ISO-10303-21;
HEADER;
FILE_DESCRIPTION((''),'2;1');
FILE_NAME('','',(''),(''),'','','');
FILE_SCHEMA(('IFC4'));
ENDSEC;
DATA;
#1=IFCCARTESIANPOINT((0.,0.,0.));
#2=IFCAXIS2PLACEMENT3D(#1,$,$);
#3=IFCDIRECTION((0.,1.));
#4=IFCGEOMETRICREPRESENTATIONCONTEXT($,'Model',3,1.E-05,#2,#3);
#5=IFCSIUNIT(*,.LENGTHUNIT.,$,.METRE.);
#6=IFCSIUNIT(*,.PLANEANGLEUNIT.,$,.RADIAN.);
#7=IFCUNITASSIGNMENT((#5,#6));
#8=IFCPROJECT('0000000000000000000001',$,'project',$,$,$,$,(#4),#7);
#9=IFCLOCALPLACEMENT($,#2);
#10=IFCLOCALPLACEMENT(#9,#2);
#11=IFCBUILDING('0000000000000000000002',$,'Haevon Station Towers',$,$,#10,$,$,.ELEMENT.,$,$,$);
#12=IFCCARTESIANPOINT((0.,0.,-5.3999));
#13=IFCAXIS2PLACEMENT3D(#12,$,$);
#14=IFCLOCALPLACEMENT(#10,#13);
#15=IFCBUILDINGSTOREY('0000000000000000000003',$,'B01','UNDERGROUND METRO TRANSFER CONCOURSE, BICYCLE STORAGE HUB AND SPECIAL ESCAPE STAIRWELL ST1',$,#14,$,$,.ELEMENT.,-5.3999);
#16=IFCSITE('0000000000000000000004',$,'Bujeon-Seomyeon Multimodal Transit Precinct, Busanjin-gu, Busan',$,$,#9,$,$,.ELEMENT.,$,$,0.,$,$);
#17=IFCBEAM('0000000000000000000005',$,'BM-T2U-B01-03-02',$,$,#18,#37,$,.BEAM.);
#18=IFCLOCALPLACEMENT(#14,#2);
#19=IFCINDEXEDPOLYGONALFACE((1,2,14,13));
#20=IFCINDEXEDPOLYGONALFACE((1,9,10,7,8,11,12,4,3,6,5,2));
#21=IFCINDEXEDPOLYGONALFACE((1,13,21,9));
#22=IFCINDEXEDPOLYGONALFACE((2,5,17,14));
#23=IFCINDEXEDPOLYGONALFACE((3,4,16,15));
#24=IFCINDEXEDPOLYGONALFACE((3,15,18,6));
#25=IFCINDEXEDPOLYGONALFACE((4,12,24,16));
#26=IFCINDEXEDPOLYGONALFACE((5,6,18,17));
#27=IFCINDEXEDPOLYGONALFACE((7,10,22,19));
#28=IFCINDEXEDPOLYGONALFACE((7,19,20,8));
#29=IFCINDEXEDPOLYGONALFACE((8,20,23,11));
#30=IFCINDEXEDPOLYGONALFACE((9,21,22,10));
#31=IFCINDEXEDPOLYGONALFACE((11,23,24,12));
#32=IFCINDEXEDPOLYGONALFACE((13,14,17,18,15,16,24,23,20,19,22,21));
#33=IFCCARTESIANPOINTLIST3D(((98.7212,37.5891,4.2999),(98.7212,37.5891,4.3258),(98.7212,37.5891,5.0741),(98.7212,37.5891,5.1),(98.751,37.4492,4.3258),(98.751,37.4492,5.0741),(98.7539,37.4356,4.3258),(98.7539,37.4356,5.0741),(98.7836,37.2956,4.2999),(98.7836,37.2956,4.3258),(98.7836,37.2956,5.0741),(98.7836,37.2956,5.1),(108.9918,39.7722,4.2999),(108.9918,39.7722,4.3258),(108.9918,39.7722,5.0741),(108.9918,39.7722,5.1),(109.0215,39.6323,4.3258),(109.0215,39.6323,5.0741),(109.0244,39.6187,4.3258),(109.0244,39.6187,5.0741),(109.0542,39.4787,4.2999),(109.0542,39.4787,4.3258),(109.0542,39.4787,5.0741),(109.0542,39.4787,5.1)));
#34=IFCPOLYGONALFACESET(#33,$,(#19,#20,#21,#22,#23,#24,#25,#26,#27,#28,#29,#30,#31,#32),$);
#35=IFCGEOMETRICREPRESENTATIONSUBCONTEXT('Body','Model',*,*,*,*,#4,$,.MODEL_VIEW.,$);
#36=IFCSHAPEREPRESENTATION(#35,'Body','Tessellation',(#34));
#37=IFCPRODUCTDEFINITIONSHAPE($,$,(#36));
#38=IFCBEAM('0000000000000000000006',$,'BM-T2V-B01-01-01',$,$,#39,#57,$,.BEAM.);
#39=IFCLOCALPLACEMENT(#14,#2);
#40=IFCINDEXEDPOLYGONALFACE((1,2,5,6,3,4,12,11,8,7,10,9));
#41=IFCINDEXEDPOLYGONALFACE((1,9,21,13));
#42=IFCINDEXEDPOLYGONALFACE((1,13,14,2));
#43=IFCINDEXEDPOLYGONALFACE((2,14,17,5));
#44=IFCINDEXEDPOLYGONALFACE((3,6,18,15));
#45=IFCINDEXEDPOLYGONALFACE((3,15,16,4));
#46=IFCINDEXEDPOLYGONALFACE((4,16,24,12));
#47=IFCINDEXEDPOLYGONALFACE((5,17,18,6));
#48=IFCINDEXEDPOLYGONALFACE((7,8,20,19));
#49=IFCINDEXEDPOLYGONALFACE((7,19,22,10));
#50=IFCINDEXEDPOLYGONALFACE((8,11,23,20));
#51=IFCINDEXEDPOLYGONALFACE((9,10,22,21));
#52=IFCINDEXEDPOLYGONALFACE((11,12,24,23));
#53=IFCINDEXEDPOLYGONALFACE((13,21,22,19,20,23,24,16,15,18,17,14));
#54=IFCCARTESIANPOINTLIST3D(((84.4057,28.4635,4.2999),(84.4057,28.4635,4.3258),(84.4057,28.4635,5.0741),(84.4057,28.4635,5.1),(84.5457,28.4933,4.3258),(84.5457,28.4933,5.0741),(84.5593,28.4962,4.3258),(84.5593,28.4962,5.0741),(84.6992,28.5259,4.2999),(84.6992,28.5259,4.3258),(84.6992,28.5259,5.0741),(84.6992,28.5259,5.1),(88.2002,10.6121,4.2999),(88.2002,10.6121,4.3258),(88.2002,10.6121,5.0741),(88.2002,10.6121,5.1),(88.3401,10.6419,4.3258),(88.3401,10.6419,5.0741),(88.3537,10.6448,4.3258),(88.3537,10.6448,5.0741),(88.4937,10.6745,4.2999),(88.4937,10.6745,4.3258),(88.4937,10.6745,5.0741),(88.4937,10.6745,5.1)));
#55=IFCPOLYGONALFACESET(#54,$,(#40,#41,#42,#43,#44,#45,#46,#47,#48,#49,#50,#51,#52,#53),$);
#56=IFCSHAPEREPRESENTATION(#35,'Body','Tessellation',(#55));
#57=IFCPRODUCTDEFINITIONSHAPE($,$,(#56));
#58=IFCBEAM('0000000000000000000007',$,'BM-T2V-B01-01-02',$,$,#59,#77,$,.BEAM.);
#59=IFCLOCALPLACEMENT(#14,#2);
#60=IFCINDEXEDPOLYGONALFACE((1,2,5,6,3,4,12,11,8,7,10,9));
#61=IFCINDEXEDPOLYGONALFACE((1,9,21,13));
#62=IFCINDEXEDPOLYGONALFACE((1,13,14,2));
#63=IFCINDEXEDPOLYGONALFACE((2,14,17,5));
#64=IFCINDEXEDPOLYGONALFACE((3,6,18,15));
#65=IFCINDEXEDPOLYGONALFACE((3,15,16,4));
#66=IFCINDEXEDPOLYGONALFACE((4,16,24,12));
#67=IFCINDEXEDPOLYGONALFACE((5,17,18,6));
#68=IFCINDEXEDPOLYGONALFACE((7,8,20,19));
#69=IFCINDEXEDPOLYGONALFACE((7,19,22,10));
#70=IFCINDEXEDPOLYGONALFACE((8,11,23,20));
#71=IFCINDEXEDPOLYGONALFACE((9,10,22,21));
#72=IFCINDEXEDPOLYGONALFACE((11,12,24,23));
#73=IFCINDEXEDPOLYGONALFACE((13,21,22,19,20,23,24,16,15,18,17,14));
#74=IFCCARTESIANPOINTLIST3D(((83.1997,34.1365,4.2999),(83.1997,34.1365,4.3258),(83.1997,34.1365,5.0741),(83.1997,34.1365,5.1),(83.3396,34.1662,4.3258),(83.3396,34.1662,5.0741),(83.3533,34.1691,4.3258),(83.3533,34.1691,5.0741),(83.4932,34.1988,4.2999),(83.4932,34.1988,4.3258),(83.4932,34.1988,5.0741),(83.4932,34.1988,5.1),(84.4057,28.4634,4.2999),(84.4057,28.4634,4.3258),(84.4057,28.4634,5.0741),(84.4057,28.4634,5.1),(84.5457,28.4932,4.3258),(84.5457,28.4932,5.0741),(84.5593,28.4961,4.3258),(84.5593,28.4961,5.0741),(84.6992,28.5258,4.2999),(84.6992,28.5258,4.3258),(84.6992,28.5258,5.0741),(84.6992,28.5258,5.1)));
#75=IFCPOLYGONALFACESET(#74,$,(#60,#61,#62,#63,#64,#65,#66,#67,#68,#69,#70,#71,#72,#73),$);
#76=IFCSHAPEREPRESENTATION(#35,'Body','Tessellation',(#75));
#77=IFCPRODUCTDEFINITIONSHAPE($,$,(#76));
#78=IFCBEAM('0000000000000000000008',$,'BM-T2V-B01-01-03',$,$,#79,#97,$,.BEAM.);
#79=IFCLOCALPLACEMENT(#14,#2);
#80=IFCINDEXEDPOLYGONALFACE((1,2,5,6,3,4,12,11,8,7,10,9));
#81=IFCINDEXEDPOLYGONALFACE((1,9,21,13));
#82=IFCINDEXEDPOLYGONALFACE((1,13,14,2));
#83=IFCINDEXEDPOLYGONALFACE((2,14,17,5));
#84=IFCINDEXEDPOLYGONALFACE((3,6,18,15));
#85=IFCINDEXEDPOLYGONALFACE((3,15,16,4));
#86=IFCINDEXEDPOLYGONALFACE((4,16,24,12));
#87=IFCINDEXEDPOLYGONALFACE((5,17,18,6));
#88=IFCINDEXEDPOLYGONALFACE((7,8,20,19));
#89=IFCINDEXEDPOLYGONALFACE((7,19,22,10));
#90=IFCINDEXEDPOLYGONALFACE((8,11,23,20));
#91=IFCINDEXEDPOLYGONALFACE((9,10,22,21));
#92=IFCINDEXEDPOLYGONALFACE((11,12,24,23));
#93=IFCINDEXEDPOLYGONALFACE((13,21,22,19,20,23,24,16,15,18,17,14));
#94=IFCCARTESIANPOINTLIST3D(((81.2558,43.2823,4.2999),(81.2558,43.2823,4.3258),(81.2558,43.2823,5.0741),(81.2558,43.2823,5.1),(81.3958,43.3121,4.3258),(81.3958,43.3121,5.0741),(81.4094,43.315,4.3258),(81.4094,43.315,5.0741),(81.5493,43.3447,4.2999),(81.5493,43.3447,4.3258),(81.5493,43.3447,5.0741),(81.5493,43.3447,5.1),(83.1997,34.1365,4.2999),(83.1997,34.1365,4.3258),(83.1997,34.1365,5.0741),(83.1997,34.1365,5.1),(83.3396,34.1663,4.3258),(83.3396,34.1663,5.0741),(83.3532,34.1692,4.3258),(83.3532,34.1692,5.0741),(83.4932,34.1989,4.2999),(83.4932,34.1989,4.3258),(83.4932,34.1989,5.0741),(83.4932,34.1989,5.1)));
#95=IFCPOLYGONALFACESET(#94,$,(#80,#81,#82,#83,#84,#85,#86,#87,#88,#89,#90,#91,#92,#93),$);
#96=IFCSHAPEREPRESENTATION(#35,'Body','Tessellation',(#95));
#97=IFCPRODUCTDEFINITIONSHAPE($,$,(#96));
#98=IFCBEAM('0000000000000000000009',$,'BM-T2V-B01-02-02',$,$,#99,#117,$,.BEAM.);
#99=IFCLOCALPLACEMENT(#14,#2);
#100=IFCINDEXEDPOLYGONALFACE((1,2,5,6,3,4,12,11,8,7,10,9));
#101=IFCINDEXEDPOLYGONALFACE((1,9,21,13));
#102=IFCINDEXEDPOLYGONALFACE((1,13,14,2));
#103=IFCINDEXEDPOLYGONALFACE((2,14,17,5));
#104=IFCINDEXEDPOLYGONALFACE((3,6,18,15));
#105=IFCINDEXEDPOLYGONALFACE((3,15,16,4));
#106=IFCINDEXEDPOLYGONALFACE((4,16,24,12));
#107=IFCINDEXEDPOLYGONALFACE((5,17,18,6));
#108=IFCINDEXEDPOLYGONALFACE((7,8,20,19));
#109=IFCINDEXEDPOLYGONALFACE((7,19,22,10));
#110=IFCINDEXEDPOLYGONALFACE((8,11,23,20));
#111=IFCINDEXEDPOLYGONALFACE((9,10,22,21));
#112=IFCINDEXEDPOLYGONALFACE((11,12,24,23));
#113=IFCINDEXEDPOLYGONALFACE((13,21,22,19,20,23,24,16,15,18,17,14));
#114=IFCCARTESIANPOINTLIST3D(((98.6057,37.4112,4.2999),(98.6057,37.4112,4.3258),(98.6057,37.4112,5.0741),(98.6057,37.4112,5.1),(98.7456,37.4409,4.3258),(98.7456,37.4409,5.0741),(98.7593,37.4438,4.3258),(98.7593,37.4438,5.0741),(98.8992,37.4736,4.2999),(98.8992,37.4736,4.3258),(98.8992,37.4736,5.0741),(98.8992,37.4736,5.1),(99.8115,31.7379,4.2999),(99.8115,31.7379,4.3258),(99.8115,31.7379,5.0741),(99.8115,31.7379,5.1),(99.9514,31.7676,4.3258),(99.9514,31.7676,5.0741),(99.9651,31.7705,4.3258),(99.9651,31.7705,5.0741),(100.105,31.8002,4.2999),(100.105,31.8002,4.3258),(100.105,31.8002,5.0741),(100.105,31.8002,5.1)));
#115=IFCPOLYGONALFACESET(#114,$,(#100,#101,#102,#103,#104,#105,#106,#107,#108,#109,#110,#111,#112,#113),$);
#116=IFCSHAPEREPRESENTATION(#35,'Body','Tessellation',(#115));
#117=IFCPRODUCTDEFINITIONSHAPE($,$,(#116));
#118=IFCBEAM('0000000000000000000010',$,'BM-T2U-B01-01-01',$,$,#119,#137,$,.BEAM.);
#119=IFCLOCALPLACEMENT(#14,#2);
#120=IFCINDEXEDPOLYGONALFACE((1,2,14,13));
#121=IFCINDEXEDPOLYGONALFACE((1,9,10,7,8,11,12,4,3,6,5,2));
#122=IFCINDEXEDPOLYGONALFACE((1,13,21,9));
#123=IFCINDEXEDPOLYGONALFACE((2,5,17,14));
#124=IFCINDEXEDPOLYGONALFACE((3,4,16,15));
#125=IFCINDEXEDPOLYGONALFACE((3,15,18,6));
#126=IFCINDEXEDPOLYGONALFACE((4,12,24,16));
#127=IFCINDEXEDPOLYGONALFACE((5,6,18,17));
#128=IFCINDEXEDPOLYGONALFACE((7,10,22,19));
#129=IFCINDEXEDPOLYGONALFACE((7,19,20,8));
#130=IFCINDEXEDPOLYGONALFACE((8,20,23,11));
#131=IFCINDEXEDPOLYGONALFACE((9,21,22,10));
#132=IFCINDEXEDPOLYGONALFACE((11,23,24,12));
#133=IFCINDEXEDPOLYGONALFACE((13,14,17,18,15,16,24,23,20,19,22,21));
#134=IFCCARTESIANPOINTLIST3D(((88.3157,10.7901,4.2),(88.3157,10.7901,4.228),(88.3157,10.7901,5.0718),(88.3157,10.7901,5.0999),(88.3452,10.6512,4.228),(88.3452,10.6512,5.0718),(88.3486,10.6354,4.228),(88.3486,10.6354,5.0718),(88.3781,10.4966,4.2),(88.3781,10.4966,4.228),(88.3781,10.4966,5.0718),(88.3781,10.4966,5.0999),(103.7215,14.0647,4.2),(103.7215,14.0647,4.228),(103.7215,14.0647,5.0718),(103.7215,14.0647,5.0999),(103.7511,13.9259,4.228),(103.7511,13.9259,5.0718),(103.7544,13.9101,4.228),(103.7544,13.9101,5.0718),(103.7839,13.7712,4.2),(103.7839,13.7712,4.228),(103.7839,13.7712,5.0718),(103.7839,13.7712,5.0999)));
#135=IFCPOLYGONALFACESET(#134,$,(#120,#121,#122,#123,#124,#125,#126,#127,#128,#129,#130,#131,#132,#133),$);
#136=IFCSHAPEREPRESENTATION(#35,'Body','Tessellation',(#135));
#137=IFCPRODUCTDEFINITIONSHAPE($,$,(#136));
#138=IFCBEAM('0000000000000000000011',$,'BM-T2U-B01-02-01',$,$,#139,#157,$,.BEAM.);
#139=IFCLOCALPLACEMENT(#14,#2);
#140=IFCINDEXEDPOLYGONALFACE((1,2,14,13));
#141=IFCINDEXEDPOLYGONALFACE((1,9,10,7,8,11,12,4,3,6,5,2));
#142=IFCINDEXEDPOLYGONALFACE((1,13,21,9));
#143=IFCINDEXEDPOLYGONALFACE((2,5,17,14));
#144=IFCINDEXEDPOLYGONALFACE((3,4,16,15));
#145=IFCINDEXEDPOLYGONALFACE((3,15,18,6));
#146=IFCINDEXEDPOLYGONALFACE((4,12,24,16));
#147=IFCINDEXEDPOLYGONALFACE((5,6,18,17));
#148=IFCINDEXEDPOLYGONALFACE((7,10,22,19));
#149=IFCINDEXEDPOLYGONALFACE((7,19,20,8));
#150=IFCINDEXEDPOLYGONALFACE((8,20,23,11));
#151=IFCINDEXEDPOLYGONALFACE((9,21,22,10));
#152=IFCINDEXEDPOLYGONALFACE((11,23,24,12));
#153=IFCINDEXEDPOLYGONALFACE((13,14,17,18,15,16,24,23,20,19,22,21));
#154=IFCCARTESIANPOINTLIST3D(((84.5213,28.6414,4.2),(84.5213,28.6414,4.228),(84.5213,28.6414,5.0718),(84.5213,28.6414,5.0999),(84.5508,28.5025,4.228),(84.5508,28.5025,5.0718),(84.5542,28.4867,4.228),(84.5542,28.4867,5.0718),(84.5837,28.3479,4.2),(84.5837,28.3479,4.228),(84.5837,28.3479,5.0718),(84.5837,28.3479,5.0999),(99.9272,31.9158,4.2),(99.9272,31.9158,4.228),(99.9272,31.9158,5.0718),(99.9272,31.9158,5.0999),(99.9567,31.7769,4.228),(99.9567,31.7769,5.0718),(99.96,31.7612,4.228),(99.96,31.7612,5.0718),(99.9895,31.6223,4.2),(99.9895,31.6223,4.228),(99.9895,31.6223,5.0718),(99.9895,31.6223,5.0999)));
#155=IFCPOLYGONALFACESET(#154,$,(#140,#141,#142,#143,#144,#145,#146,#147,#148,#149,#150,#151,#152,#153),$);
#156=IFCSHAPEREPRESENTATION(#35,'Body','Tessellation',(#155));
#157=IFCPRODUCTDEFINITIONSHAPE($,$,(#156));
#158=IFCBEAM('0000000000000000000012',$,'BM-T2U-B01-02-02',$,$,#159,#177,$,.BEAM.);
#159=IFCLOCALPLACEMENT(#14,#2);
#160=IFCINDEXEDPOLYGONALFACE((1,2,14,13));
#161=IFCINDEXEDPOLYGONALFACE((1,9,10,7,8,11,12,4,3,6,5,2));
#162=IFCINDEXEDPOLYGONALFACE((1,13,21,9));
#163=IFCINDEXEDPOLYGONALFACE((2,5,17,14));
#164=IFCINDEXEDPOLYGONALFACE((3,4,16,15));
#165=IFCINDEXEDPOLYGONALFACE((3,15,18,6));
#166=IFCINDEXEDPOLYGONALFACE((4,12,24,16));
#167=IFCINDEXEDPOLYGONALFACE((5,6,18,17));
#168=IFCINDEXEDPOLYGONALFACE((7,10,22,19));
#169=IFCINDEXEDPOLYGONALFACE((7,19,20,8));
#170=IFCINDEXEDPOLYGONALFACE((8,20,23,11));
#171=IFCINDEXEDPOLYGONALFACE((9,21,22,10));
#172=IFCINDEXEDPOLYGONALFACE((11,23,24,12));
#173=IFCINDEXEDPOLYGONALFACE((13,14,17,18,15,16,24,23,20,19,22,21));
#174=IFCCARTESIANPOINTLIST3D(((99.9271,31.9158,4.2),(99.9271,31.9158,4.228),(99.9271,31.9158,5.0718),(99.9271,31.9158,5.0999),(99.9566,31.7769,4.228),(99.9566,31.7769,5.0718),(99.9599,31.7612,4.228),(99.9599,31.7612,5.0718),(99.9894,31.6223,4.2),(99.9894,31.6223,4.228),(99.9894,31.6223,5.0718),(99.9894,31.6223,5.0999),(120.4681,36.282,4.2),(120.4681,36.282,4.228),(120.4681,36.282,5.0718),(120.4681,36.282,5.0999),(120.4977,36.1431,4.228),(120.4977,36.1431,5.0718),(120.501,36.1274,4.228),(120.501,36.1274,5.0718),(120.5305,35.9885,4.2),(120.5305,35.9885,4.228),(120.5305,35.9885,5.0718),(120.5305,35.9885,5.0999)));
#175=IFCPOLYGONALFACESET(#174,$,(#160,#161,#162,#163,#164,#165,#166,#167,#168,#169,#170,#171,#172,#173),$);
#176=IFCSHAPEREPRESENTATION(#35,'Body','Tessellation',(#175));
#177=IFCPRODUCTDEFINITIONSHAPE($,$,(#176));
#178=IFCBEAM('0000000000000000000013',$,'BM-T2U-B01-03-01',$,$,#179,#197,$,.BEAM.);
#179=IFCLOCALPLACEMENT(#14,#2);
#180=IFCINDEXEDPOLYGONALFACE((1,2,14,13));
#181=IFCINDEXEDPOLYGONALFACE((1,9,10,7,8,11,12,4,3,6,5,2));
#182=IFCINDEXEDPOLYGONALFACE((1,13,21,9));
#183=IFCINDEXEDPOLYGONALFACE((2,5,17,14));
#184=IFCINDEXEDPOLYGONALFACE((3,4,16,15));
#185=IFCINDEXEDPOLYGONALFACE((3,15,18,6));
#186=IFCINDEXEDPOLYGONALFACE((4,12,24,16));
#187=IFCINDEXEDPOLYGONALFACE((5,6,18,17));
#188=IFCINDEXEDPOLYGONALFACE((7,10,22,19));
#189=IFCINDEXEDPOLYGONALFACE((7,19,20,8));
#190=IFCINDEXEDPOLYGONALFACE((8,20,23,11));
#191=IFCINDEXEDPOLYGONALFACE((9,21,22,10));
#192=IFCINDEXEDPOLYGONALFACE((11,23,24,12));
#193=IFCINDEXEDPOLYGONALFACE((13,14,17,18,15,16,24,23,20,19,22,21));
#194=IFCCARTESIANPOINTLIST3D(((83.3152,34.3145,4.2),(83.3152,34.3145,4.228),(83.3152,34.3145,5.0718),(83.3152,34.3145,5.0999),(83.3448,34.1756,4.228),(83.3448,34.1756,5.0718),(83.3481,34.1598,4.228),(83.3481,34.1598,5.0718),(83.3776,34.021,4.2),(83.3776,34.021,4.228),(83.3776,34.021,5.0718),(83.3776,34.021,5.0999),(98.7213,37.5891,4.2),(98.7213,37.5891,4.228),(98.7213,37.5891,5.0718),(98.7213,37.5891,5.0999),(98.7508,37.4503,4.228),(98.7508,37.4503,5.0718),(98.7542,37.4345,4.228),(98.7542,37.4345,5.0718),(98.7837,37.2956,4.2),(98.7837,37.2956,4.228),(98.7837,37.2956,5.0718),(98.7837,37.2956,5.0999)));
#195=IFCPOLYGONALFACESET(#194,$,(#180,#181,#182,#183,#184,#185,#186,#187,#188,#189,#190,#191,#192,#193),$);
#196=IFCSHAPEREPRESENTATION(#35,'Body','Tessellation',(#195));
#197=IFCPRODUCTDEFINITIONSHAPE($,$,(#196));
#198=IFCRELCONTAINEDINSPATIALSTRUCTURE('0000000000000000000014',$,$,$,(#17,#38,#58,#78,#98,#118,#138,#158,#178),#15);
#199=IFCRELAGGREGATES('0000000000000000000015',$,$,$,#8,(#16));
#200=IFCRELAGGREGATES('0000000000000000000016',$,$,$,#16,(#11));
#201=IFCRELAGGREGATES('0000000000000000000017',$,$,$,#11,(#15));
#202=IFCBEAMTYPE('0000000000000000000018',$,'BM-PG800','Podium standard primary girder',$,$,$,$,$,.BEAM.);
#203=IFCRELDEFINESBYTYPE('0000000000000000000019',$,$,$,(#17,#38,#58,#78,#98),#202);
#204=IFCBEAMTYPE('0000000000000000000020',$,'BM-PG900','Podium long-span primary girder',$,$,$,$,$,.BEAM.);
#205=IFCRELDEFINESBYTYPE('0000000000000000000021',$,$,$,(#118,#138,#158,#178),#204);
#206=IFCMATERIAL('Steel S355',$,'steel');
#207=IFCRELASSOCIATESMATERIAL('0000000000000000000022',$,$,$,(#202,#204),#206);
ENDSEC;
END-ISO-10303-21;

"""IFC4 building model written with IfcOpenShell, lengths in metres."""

from ifc_helpers import new_model, si_unit, direction, frame, origin, origin_2d, place, context, subcontext, project, spatial, i_section, extrude, material, material_profile, profile_set, type_object, element, save


model = new_model("IFC4")

# Units and contexts
model_context = context("Model", 3, precision=1e-05, world=origin(), true_north=direction((0.0, 1.0)))
body_context = subcontext(model_context, "Body", "Model", "MODEL_VIEW")
ifc_project = project(units=[si_unit("LENGTHUNIT", "METRE"), si_unit("PLANEANGLEUNIT", "RADIAN")], contexts=[model_context])

# Site, building, storey
site_placement = place(None, origin())
site = spatial("IfcSite", under=ifc_project, at=site_placement, Name="Bujeon-Seomyeon Multimodal Transit Precinct, Busanjin-gu, Busan", CompositionType="ELEMENT", RefElevation=0.0)
building_placement = place(site_placement, origin())
building = spatial("IfcBuilding", under=site, at=building_placement, Name="Haevon Station Towers", CompositionType="ELEMENT")
storey_placement = place(building_placement, frame((0.0, 0.0, -5.3999)))
storey = spatial("IfcBuildingStorey", under=building, at=storey_placement, Name="B01", Description="UNDERGROUND METRO TRANSFER CONCOURSE, BICYCLE STORAGE HUB AND SPECIAL ESCAPE STAIRWELL ST1", CompositionType="ELEMENT", Elevation=-5.3999)

# Beams
ifc_material_1 = material(Name="Steel S355", Category="steel")
ifc_material_profile_1 = material_profile(ifc_material_1, i_section(OverallWidth=0.3, OverallDepth=0.8, WebThickness=0.0139, FlangeThickness=0.0259, at=origin_2d()), Name="H-800x300x14x26")
ifc_profile_set_1 = profile_set([ifc_material_profile_1], Name="Steel S355")
beam_type_1 = type_object("IfcBeamType", Name="BM-PG800", Description="Podium standard primary girder", PredefinedType="BEAM", material=ifc_profile_set_1)
beam_1_placement = place(storey_placement, frame((98.7524, 37.4424, 4.7), z_axis=(0.978147, 0.207915, 0.0), x_axis=(-0.207915, 0.978147, 0.0)))
element("IfcBeam", 1, at=beam_1_placement, inside=storey, type_object=beam_type_1, Name="BM-T2U-B01-03-02", PredefinedType="BEAM", context=body_context, shape_type="SweptSolid", body=[
    extrude(i_section(OverallWidth=0.3, OverallDepth=0.8, WebThickness=0.0139, FlangeThickness=0.0259, at=origin_2d()), origin(), (0.0, 0.0, 1.0), 10.5),
])
beam_2_placement = place(storey_placement, frame((88.3469, 10.6433, 4.7), z_axis=(-0.207913, 0.978147, 0.0), x_axis=(-0.978147, -0.207913, 0.0)))
element("IfcBeam", 2, at=beam_2_placement, inside=storey, type_object=beam_type_1, Name="BM-T2V-B01-01-01", PredefinedType="BEAM", context=body_context, shape_type="SweptSolid", body=[
    extrude(i_section(OverallWidth=0.3, OverallDepth=0.8, WebThickness=0.0139, FlangeThickness=0.0259, at=origin_2d()), origin(), (0.0, 0.0, 1.0), 18.2502),
])
beam_3_placement = place(storey_placement, frame((84.5525, 28.4946, 4.7), z_axis=(-0.207945, 0.978141, 0.0), x_axis=(-0.978141, -0.207945, 0.0)))
element("IfcBeam", 3, at=beam_3_placement, inside=storey, type_object=beam_type_1, Name="BM-T2V-B01-01-02", PredefinedType="BEAM", context=body_context, shape_type="SweptSolid", body=[
    extrude(i_section(OverallWidth=0.3, OverallDepth=0.8, WebThickness=0.0139, FlangeThickness=0.0259, at=origin_2d()), origin(), (0.0, 0.0, 1.0), 5.7998),
])
beam_4_placement = place(storey_placement, frame((83.3464, 34.1677, 4.7), z_axis=(-0.207897, 0.978151, 0.0), x_axis=(-0.978151, -0.207897, 0.0)))
element("IfcBeam", 4, at=beam_4_placement, inside=storey, type_object=beam_type_1, Name="BM-T2V-B01-01-03", PredefinedType="BEAM", context=body_context, shape_type="SweptSolid", body=[
    extrude(i_section(OverallWidth=0.3, OverallDepth=0.8, WebThickness=0.0139, FlangeThickness=0.0259, at=origin_2d()), origin(), (0.0, 0.0, 1.0), 9.3501),
])
beam_5_placement = place(storey_placement, frame((99.9583, 31.769, 4.7), z_axis=(-0.207896, 0.978151, 0.0), x_axis=(-0.978151, -0.207896, 0.0)))
element("IfcBeam", 5, at=beam_5_placement, inside=storey, type_object=beam_type_1, Name="BM-T2V-B01-02-02", PredefinedType="BEAM", context=body_context, shape_type="SweptSolid", body=[
    extrude(i_section(OverallWidth=0.3, OverallDepth=0.8, WebThickness=0.0139, FlangeThickness=0.0259, at=origin_2d()), origin(), (0.0, 0.0, 1.0), 5.8),
])
ifc_material_profile_2 = material_profile(ifc_material_1, i_section(OverallWidth=0.3, OverallDepth=0.8999, WebThickness=0.0161, FlangeThickness=0.0281, at=origin_2d()), Name="H-900x300x16x28")
ifc_profile_set_2 = profile_set([ifc_material_profile_2], Name="Steel S355")
beam_type_2 = type_object("IfcBeamType", Name="BM-PG900", Description="Podium long-span primary girder", PredefinedType="BEAM", material=ifc_profile_set_2)
for number, where, z_axis, x_axis, name in (
    (6, (88.3469, 10.6433, 4.6499), (0.978147, 0.207915, 0.0), (-0.207915, 0.978147, 0.0), "BM-T2U-B01-01-01"),
    (7, (84.5525, 28.4946, 4.6499), (0.97815, 0.207901, 0.0), (-0.207901, 0.97815, 0.0), "BM-T2U-B01-02-01"),
):
    element("IfcBeam", number, at=place(storey_placement, frame(where, z_axis=z_axis, x_axis=x_axis)), inside=storey, type_object=beam_type_2, Name=name, PredefinedType="BEAM", context=body_context, shape_type="SweptSolid", body=[
        extrude(i_section(OverallWidth=0.3, OverallDepth=0.8999, WebThickness=0.0161, FlangeThickness=0.0281, at=origin_2d()), origin(), (0.0, 0.0, 1.0), 15.75),
    ])
beam_6_placement = place(storey_placement, frame((99.9583, 31.769, 4.6499), z_axis=(0.978147, 0.207915, 0.0), x_axis=(-0.207915, 0.978147, 0.0)))
element("IfcBeam", 8, at=beam_6_placement, inside=storey, type_object=beam_type_2, Name="BM-T2U-B01-02-02", PredefinedType="BEAM", context=body_context, shape_type="SweptSolid", body=[
    extrude(i_section(OverallWidth=0.3, OverallDepth=0.8999, WebThickness=0.0161, FlangeThickness=0.0281, at=origin_2d()), origin(), (0.0, 0.0, 1.0), 21.0),
])
beam_7_placement = place(storey_placement, frame((83.3464, 34.1677, 4.6499), z_axis=(0.978147, 0.207912, 0.0), x_axis=(-0.207912, 0.978147, 0.0)))
element("IfcBeam", 9, at=beam_7_placement, inside=storey, type_object=beam_type_2, Name="BM-T2U-B01-03-01", PredefinedType="BEAM", context=body_context, shape_type="SweptSolid", body=[
    extrude(i_section(OverallWidth=0.3, OverallDepth=0.8999, WebThickness=0.0161, FlangeThickness=0.0281, at=origin_2d()), origin(), (0.0, 0.0, 1.0), 15.7502),
])

save(model, "model.ifc")
